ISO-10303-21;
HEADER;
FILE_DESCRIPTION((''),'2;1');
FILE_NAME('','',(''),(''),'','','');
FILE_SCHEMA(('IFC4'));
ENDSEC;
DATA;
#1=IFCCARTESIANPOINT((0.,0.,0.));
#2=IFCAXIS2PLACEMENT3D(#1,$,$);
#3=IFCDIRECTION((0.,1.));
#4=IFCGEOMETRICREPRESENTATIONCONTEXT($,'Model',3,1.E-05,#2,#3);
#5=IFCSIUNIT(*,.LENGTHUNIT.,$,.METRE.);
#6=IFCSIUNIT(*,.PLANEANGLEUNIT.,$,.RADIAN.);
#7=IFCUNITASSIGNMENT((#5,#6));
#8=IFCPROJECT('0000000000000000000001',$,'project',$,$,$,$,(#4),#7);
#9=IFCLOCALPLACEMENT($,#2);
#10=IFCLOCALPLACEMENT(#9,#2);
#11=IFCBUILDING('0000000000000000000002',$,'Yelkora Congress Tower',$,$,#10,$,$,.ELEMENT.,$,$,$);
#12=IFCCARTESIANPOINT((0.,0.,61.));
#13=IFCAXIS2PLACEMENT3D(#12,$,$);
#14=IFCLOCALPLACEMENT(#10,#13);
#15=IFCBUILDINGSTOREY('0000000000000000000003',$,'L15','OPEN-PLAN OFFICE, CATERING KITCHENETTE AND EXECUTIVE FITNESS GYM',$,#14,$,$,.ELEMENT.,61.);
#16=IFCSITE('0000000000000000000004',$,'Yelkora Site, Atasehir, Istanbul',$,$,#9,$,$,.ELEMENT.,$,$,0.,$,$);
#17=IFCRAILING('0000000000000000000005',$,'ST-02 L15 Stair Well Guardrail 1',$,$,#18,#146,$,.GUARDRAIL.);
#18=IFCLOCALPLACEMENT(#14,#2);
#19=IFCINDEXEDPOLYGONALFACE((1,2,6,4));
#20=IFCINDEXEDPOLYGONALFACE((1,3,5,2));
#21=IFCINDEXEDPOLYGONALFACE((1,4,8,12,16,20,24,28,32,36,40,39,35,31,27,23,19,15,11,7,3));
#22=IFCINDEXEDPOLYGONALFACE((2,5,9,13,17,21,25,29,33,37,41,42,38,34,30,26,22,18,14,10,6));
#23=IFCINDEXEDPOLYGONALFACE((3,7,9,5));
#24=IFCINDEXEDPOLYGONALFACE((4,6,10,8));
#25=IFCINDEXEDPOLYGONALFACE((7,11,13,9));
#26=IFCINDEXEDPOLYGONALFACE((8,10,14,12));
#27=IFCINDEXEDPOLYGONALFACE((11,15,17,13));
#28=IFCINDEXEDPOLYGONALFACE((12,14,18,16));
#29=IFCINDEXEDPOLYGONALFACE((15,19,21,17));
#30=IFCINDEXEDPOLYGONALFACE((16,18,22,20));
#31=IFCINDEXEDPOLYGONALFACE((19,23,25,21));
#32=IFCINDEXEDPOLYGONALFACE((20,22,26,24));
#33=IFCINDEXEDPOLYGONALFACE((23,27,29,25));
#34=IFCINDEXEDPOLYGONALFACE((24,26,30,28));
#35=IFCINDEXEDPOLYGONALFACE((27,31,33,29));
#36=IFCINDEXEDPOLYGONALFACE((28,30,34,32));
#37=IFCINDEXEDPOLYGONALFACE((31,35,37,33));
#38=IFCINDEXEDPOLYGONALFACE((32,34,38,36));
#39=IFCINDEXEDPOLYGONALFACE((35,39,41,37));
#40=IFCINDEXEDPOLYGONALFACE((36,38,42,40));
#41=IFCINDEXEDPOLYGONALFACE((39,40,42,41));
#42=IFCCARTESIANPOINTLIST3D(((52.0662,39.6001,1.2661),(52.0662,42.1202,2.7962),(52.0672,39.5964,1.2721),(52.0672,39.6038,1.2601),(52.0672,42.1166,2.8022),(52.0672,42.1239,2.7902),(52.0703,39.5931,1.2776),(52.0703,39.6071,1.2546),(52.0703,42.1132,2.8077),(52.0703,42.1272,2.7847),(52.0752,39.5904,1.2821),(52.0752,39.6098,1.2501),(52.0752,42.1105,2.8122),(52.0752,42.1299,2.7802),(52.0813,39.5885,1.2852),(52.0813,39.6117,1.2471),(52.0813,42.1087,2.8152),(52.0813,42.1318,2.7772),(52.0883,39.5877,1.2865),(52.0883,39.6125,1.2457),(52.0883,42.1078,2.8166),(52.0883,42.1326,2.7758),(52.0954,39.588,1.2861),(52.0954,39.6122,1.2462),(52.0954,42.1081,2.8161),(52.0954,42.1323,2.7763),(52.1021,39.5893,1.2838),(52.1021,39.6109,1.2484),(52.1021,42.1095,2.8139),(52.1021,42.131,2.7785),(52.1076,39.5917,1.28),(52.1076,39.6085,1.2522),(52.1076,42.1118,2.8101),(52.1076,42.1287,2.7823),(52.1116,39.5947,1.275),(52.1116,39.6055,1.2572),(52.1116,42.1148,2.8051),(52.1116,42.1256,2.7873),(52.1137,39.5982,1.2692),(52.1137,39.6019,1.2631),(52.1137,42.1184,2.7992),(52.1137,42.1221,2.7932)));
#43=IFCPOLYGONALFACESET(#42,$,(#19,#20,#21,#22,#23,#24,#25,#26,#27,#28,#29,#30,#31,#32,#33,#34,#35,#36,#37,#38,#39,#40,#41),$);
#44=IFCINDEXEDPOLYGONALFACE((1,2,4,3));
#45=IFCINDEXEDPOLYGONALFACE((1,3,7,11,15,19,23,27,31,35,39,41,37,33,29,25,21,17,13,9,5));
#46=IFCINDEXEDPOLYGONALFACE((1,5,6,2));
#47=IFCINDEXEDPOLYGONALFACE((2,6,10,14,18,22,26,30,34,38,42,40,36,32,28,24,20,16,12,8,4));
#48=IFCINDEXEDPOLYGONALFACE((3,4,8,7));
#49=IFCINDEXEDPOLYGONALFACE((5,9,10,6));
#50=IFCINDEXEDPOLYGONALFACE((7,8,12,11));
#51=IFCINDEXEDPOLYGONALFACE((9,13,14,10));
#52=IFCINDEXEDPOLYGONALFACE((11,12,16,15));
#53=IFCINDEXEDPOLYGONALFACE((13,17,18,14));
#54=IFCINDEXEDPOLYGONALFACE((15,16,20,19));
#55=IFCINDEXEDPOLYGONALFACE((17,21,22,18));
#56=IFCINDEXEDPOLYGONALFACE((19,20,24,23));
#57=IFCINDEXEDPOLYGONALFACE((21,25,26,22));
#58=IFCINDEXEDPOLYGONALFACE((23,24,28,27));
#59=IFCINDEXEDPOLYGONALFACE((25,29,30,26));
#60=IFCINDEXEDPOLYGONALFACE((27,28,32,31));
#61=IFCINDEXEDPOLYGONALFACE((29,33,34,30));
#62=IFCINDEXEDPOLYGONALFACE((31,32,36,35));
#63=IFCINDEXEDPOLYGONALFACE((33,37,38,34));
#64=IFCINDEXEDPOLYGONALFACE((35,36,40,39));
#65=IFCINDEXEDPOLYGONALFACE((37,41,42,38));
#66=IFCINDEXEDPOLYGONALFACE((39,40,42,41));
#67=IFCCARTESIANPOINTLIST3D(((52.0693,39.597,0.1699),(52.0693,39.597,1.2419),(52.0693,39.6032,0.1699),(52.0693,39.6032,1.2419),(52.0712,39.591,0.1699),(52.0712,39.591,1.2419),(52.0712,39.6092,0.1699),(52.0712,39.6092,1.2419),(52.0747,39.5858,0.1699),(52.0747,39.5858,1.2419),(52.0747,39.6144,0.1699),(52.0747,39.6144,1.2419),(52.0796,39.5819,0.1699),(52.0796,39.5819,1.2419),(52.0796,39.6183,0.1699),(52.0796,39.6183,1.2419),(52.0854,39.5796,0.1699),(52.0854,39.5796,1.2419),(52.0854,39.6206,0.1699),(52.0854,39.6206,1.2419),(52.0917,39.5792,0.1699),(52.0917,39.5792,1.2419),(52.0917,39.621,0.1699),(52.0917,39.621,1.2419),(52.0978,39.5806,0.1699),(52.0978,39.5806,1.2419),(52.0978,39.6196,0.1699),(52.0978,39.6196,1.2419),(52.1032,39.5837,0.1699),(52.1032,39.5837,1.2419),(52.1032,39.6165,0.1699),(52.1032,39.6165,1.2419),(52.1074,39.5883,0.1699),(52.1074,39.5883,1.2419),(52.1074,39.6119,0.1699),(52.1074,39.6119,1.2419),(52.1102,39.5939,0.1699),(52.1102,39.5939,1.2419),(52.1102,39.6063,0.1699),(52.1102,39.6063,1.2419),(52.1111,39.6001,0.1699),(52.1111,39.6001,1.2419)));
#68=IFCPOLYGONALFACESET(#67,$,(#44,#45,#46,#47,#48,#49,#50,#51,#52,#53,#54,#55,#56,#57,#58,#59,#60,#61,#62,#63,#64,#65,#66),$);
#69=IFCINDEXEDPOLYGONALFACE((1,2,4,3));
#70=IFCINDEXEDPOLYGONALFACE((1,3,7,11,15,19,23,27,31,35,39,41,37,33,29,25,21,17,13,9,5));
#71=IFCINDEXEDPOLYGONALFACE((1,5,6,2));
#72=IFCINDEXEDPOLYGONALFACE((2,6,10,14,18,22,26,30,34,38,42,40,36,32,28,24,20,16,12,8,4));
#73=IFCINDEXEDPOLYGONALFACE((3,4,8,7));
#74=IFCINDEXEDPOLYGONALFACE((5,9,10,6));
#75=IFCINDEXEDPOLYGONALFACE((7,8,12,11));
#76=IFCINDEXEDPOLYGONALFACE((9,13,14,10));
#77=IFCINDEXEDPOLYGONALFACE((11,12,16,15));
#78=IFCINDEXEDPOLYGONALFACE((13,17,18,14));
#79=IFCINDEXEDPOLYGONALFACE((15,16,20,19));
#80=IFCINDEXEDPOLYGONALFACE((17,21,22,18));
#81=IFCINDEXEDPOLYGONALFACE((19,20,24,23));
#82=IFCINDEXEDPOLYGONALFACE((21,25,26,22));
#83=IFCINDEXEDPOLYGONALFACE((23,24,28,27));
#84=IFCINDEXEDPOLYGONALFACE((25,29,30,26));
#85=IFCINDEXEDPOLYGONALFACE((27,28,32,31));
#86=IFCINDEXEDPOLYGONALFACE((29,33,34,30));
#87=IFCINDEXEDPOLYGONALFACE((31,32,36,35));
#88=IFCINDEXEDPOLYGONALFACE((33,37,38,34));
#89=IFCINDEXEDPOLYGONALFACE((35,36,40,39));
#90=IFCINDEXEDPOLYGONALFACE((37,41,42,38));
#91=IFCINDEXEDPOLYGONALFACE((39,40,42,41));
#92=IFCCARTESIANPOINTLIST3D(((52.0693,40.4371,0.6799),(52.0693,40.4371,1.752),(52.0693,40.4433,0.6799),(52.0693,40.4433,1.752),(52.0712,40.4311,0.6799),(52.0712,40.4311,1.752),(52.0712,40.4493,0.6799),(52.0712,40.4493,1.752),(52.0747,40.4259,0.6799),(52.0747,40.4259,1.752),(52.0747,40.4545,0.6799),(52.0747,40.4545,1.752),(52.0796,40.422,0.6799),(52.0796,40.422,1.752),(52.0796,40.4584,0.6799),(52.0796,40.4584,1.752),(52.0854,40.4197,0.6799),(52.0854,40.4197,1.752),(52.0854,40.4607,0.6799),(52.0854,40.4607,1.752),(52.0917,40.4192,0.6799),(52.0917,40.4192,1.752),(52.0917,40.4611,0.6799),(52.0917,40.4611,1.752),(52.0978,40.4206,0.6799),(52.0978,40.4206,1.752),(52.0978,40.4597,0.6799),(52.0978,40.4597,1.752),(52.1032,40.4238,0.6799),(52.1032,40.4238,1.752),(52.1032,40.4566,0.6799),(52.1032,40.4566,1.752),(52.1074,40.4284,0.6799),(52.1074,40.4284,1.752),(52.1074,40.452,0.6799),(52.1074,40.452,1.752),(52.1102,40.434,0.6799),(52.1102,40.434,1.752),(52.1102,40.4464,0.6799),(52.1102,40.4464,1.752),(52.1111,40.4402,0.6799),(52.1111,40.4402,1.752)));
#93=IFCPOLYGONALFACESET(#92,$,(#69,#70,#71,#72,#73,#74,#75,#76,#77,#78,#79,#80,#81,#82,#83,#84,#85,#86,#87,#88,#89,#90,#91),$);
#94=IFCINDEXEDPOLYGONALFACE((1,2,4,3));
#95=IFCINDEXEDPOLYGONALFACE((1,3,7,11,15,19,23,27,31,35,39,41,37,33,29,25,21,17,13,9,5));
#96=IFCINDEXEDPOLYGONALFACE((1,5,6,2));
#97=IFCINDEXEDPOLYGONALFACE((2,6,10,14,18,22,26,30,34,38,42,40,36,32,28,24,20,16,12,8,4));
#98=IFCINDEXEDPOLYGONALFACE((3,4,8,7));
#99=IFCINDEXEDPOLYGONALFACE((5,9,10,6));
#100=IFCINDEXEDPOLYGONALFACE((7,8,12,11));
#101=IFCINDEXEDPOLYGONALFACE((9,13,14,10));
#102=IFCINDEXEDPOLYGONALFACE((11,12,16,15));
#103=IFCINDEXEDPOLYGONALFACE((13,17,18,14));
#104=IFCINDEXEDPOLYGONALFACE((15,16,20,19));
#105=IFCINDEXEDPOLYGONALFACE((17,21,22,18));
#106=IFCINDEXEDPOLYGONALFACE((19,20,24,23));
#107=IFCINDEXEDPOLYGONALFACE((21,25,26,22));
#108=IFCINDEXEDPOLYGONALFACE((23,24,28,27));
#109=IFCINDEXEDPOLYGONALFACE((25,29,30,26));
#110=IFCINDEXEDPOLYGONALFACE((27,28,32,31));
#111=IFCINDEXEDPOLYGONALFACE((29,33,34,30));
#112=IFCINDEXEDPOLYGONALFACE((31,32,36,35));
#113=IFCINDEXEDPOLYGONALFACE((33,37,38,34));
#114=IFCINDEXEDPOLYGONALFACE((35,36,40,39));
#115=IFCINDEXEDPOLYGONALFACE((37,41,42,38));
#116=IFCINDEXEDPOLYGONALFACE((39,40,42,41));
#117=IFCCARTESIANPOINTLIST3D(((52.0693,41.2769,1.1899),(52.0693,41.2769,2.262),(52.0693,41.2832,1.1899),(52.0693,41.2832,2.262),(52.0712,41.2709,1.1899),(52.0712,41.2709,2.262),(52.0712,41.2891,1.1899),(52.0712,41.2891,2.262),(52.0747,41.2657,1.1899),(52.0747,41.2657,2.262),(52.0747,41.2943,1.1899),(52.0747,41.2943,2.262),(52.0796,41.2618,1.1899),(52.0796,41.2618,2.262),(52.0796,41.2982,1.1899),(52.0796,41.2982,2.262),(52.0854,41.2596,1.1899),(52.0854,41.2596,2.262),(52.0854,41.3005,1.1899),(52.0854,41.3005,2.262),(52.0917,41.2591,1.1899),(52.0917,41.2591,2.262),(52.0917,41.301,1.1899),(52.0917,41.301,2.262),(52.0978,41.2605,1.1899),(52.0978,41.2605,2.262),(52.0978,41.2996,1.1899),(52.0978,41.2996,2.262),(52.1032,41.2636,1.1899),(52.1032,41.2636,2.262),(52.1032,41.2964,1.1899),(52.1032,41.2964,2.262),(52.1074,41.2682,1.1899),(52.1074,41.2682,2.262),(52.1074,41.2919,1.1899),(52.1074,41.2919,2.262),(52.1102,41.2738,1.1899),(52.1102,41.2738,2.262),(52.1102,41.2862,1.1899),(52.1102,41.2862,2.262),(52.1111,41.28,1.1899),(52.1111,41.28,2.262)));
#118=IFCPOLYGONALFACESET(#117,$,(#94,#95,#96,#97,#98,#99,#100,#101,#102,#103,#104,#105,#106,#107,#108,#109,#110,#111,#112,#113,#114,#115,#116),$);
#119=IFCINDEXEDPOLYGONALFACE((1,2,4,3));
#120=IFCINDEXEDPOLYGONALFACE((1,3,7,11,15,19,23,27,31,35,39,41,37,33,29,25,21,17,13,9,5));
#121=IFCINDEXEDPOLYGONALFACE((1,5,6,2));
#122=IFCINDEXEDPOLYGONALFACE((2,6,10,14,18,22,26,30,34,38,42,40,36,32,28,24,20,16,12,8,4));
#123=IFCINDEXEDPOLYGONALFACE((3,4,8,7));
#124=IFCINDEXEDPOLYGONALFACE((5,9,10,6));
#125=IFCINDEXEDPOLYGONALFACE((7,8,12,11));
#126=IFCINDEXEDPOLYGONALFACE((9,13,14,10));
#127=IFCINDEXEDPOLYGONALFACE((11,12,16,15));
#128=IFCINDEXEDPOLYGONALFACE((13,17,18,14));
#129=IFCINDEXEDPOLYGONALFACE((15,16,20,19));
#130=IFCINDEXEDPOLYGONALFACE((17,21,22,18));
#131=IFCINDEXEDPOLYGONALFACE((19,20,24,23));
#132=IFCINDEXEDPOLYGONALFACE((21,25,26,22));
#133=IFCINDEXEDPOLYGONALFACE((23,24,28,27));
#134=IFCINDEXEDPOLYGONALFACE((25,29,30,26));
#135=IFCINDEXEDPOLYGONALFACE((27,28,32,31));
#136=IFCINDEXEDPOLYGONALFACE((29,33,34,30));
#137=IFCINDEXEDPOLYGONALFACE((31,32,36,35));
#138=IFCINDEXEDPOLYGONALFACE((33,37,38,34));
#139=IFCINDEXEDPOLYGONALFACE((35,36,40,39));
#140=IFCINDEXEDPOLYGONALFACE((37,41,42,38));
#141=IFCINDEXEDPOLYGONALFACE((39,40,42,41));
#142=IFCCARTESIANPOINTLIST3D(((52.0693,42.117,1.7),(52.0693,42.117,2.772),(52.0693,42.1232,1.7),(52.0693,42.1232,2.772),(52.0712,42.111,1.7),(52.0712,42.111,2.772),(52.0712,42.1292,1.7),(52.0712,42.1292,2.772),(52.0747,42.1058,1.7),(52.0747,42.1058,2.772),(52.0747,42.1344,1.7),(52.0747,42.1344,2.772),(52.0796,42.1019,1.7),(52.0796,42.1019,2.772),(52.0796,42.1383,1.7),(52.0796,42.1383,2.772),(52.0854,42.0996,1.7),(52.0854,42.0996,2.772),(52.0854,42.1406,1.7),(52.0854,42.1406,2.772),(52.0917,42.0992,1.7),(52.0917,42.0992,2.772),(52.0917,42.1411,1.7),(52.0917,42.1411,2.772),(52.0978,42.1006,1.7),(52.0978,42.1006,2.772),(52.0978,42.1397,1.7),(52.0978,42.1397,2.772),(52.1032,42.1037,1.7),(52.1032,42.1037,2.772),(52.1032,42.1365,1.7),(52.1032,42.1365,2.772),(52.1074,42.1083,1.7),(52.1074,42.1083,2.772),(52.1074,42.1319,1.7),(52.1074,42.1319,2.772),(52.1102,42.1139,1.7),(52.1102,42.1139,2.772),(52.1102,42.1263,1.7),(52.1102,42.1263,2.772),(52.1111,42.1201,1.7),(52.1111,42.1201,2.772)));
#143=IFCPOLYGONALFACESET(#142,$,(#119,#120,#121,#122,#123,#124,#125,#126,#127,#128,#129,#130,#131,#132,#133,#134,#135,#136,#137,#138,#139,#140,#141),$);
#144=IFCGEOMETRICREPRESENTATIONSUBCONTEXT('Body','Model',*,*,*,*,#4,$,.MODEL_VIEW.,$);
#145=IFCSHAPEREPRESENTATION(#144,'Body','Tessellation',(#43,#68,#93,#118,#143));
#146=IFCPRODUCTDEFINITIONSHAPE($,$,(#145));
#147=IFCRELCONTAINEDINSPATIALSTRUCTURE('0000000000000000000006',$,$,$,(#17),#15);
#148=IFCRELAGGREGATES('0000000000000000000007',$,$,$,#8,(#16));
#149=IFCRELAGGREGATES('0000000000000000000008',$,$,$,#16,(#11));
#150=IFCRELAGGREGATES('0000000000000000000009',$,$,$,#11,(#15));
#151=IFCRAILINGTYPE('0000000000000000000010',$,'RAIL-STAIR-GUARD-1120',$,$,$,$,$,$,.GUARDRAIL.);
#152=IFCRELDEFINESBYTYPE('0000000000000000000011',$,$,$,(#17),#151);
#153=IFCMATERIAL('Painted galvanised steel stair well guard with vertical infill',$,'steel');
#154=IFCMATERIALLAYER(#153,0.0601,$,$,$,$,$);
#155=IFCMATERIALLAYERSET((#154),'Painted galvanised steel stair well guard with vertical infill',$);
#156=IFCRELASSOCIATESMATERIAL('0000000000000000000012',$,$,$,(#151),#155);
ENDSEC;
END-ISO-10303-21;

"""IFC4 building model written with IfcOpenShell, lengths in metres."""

from ifc_helpers import new_model, si_unit, direction, frame, origin, origin_2d, place, context, subcontext, project, spatial, circle, extrude, material, layer, layer_set, type_object, element, save


model = new_model("IFC4")

# Units and contexts
model_context = context("Model", 3, precision=1e-05, world=origin(), true_north=direction((0.0, 1.0)))
body_context = subcontext(model_context, "Body", "Model", "MODEL_VIEW")
ifc_project = project(units=[si_unit("LENGTHUNIT", "METRE"), si_unit("PLANEANGLEUNIT", "RADIAN")], contexts=[model_context])

# Site, building, storey
site_placement = place(None, origin())
site = spatial("IfcSite", under=ifc_project, at=site_placement, Name="Yelkora Site, Atasehir, Istanbul", CompositionType="ELEMENT", RefElevation=0.0)
building_placement = place(site_placement, origin())
building = spatial("IfcBuilding", under=site, at=building_placement, Name="Yelkora Congress Tower", CompositionType="ELEMENT")
storey_placement = place(building_placement, frame((0.0, 0.0, 61.0)))
storey = spatial("IfcBuildingStorey", under=building, at=storey_placement, Name="L15", Description="OPEN-PLAN OFFICE, CATERING KITCHENETTE AND EXECUTIVE FITNESS GYM", CompositionType="ELEMENT", Elevation=61.0)

# Railing
ifc_material_1 = material(Name="Painted galvanised steel stair well guard with vertical infill", Category="steel")
ifc_layer_1 = layer(ifc_material_1, 0.0601)
ifc_layer_set_1 = layer_set([ifc_layer_1], Name="Painted galvanised steel stair well guard with vertical infill")
railing_type_1 = type_object("IfcRailingType", Name="RAIL-STAIR-GUARD-1120", PredefinedType="GUARDRAIL", material=ifc_layer_set_1)
railing_1_placement = place(storey_placement, frame((52.0901, 39.6001, 0.1699)))
element("IfcRailing", 1, at=railing_1_placement, inside=storey, type_object=railing_type_1, Name="ST-02 L15 Stair Well Guardrail 1", PredefinedType="GUARDRAIL", context=body_context, shape_type="SweptSolid", body=[
    extrude(circle(Radius=0.0239, at=origin_2d()), frame((0.0, 0.0, 1.0962), z_axis=(0.0, 0.854785, 0.518982), x_axis=(-1.0, 0.0, 0.0)), (0.0, 0.0, 1.0), 2.9482),
    extrude(circle(Radius=0.021, at=origin_2d()), origin(), (0.0, 0.0, 1.0), 1.072),
    extrude(circle(Radius=0.021, at=origin_2d()), frame((0.0, 0.8401, 0.51)), (0.0, 0.0, 1.0), 1.072),
    extrude(circle(Radius=0.021, at=origin_2d()), frame((0.0, 1.6799, 1.02)), (0.0, 0.0, 1.0), 1.072),
    extrude(circle(Radius=0.021, at=origin_2d()), frame((0.0, 2.52, 1.53)), (0.0, 0.0, 1.0), 1.072),
])

save(model, "model.ifc")
